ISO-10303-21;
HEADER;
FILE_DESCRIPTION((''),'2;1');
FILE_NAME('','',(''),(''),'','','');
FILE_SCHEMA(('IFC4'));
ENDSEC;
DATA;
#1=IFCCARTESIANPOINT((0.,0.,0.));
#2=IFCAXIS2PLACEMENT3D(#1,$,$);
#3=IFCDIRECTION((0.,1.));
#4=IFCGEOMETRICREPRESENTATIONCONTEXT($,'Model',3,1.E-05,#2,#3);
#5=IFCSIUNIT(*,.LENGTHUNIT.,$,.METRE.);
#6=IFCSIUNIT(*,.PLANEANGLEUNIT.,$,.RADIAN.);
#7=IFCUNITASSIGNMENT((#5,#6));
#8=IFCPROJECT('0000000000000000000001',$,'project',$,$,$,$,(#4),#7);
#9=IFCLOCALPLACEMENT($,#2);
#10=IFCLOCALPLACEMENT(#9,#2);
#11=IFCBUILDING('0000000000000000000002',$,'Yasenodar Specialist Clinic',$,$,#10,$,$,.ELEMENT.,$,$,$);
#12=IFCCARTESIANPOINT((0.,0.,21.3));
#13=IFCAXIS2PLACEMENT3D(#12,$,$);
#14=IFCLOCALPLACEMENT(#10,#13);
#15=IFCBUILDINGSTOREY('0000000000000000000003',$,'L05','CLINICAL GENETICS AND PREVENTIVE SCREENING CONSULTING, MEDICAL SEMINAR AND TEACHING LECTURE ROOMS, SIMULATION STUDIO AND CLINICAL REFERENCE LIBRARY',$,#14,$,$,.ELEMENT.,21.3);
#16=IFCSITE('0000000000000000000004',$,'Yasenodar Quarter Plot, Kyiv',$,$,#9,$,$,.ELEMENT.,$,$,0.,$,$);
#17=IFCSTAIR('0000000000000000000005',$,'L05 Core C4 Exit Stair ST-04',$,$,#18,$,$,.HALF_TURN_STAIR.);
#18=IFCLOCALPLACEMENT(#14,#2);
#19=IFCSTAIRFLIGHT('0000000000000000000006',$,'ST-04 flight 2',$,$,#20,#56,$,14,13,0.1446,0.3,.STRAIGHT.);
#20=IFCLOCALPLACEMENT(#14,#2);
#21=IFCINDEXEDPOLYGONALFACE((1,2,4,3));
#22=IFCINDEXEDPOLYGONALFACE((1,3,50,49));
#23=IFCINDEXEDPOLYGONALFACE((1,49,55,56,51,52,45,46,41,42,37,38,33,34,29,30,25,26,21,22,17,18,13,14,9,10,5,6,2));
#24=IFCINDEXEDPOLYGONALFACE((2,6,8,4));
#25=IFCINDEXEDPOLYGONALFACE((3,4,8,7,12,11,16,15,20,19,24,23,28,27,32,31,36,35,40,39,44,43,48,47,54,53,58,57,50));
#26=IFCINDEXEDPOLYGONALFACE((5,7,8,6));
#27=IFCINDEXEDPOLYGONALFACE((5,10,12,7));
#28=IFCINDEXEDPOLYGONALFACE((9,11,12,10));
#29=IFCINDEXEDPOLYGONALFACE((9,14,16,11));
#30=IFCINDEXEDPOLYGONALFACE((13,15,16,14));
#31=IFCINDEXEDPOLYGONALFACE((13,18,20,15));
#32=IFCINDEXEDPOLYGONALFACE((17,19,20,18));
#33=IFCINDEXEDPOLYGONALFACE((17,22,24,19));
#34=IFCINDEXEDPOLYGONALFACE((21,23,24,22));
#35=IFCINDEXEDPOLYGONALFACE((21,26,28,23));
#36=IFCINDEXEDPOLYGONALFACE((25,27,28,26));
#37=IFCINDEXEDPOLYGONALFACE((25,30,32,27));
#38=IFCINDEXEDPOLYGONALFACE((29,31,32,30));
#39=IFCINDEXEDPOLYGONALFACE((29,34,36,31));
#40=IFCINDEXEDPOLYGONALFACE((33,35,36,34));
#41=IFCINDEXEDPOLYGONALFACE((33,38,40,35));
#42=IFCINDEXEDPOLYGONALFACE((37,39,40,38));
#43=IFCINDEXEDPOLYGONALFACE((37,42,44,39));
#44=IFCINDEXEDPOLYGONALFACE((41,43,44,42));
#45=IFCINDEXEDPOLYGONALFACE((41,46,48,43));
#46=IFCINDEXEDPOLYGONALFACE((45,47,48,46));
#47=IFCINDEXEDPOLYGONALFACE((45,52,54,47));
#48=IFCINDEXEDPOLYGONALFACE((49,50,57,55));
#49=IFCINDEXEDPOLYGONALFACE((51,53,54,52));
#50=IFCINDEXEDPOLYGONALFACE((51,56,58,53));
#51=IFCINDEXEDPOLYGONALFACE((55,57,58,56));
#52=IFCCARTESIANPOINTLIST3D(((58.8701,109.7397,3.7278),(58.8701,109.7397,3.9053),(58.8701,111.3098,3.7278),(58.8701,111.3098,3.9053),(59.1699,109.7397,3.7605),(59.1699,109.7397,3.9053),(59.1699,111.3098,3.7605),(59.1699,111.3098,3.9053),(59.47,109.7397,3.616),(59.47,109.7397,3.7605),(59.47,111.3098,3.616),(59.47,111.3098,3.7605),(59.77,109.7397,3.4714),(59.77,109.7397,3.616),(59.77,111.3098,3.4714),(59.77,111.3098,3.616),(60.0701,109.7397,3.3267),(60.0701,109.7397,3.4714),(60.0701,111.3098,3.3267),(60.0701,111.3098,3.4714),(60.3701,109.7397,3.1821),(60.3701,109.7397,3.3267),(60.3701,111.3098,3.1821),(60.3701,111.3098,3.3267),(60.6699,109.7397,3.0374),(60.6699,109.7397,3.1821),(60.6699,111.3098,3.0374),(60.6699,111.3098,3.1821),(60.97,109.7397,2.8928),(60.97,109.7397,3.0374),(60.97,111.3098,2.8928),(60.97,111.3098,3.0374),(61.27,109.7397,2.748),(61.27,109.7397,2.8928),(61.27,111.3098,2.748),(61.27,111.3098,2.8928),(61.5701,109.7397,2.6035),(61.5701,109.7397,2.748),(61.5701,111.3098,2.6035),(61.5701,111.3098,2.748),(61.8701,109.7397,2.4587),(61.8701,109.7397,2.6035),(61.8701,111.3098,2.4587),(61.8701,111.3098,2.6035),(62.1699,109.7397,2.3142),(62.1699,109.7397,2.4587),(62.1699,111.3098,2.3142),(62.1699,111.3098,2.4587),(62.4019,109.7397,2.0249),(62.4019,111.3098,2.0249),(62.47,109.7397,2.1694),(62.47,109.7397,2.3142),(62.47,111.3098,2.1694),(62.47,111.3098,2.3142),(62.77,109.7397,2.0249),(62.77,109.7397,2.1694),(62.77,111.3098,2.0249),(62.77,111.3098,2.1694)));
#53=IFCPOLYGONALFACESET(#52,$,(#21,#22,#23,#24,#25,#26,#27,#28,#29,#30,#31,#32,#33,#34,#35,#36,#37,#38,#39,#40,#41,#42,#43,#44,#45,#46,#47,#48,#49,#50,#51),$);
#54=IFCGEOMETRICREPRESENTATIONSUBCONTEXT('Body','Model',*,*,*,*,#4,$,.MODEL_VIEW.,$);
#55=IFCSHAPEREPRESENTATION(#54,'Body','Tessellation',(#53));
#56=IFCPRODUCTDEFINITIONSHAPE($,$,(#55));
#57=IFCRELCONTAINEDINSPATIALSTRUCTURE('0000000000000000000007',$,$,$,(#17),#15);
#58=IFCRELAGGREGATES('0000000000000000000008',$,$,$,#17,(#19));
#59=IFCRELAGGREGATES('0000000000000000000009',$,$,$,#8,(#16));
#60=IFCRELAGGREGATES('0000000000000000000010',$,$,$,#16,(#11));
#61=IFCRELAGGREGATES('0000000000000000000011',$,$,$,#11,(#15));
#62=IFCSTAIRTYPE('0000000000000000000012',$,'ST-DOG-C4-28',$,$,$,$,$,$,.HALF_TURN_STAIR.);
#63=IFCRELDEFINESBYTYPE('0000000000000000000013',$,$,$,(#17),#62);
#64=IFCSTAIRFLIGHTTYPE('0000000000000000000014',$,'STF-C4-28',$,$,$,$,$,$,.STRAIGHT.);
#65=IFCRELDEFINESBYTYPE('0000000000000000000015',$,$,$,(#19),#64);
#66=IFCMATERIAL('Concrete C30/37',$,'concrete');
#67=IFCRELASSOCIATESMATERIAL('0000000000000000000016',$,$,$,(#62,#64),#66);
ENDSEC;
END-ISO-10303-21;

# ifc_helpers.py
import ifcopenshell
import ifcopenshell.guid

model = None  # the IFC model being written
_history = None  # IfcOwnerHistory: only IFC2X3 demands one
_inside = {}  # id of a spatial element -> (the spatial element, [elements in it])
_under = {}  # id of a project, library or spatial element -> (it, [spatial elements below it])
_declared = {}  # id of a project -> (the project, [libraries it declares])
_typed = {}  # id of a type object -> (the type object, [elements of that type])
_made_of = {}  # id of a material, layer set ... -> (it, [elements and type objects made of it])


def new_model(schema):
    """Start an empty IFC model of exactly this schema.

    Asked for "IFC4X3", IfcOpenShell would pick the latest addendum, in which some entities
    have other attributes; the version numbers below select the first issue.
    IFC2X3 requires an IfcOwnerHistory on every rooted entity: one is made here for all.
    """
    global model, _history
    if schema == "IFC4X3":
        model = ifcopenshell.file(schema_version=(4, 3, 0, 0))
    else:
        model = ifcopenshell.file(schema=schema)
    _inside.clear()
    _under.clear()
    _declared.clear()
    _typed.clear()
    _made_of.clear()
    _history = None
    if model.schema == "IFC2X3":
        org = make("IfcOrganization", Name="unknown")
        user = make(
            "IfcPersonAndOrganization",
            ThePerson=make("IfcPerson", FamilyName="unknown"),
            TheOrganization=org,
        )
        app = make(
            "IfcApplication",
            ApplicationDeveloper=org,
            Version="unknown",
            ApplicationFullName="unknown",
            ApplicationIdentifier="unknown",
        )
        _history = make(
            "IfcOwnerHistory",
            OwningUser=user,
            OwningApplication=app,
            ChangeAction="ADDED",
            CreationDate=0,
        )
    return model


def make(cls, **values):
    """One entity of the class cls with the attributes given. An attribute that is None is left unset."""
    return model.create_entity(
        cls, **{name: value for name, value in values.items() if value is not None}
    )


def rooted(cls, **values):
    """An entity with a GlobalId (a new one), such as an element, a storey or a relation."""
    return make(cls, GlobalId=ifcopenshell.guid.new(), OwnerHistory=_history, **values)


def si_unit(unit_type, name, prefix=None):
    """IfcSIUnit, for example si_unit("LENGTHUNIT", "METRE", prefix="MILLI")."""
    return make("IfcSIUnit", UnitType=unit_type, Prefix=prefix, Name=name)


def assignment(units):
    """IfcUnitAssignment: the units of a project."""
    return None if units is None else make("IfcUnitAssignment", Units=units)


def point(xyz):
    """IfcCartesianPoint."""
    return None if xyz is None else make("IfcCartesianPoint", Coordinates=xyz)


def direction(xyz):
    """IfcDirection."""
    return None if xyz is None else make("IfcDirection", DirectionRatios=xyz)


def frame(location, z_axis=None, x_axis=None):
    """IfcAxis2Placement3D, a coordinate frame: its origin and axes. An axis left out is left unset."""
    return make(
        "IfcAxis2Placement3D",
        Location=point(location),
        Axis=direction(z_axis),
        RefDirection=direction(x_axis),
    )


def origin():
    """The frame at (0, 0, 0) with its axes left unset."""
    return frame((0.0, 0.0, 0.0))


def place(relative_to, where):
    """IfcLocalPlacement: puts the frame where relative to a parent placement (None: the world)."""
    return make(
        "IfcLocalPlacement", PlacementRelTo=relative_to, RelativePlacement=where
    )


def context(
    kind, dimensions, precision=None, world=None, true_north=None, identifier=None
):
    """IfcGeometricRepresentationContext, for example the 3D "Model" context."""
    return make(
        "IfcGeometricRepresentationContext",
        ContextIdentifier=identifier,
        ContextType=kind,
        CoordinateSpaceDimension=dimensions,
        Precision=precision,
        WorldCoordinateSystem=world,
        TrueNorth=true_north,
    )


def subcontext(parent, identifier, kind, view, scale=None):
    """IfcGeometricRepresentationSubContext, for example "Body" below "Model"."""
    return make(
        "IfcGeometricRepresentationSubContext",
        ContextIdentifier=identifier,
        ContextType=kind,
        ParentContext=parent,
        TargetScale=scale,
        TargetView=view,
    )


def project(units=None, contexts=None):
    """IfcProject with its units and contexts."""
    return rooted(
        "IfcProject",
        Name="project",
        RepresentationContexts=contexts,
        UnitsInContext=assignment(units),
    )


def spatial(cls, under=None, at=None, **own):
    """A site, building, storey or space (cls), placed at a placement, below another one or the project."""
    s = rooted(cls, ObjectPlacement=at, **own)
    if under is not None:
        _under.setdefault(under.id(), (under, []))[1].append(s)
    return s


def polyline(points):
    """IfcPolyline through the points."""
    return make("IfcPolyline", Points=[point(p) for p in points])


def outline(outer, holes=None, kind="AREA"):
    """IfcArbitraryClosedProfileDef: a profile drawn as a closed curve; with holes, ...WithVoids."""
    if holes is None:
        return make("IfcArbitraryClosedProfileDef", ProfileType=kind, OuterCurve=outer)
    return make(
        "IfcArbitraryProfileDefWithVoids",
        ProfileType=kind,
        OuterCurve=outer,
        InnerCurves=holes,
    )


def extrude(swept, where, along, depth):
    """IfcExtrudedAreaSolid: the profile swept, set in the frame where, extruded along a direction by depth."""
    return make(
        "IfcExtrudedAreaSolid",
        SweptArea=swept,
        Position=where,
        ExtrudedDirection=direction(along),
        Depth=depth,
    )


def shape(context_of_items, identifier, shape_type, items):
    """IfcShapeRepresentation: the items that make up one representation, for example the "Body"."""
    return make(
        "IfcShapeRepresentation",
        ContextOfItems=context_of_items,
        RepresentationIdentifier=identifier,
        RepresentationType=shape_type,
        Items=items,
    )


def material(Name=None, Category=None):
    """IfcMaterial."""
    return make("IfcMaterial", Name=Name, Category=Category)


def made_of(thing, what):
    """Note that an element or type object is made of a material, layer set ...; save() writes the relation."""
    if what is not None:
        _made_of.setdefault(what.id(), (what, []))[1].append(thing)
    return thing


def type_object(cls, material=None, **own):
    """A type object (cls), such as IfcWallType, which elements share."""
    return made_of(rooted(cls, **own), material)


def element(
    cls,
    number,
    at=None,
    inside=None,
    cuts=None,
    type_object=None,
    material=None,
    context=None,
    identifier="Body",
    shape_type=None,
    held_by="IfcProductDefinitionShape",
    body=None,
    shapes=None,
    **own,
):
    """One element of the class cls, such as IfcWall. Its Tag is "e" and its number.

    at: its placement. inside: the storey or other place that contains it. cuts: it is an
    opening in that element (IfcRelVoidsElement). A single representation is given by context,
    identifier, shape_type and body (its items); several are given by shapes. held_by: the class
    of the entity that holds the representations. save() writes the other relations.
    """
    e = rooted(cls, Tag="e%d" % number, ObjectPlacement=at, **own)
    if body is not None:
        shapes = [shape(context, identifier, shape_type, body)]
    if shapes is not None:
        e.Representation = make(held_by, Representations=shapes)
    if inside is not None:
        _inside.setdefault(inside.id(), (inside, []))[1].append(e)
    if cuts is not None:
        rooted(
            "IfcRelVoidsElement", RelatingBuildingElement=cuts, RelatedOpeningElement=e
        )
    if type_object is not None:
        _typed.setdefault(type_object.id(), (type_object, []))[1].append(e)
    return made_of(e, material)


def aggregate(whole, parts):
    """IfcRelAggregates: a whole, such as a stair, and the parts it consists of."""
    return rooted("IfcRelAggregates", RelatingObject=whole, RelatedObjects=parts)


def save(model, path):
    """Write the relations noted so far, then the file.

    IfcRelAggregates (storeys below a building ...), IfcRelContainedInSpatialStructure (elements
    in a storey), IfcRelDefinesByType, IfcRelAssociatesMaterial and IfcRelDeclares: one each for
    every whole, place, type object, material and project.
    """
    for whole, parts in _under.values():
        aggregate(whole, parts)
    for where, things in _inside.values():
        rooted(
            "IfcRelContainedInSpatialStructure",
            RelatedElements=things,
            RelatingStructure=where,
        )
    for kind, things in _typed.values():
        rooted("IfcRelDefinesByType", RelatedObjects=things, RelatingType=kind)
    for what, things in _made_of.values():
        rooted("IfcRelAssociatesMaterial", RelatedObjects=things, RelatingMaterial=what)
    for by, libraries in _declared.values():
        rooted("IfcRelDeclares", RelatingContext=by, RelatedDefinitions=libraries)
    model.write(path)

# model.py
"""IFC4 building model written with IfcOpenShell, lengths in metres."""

from ifc_helpers import new_model, si_unit, direction, frame, origin, place, context, subcontext, project, spatial, polyline, outline, extrude, material, type_object, element, aggregate, save


model = new_model("IFC4")

# Units and contexts
model_context = context("Model", 3, precision=1e-05, world=origin(), true_north=direction((0.0, 1.0)))
body_context = subcontext(model_context, "Body", "Model", "MODEL_VIEW")
ifc_project = project(units=[si_unit("LENGTHUNIT", "METRE"), si_unit("PLANEANGLEUNIT", "RADIAN")], contexts=[model_context])

# Site, building, storey
site_placement = place(None, origin())
site = spatial("IfcSite", under=ifc_project, at=site_placement, Name="Yasenodar Quarter Plot, Kyiv", CompositionType="ELEMENT", RefElevation=0.0)
building_placement = place(site_placement, origin())
building = spatial("IfcBuilding", under=site, at=building_placement, Name="Yasenodar Specialist Clinic", CompositionType="ELEMENT")
storey_placement = place(building_placement, frame((0.0, 0.0, 21.3)))
storey = spatial("IfcBuildingStorey", under=building, at=storey_placement, Name="L05", Description="CLINICAL GENETICS AND PREVENTIVE SCREENING CONSULTING, MEDICAL SEMINAR AND TEACHING LECTURE ROOMS, SIMULATION STUDIO AND CLINICAL REFERENCE LIBRARY", CompositionType="ELEMENT", Elevation=21.3)

# Stair, stair flight
ifc_material_1 = material(Name="Concrete C30/37", Category="concrete")
stair_type = type_object("IfcStairType", Name="ST-DOG-C4-28", PredefinedType="HALF_TURN_STAIR", material=ifc_material_1)
stair_placement = place(storey_placement, origin())
stair = element("IfcStair", 1, at=stair_placement, inside=storey, type_object=stair_type, Name="L05 Core C4 Exit Stair ST-04", PredefinedType="HALF_TURN_STAIR")
stair_flight_type = type_object("IfcStairFlightType", Name="STF-C4-28", PredefinedType="STRAIGHT", material=ifc_material_1)
stair_flight_1_placement = place(storey_placement, frame((62.77, 110.5249, 2.0249), z_axis=(0.0, 0.0, 1.0), x_axis=(-1.0, 0.0, 0.0)))
stair_flight_1 = element("IfcStairFlight", 2, at=stair_flight_1_placement, type_object=stair_flight_type, Name="ST-04 flight 2", NumberOfRisers=14, NumberOfTreads=13, PredefinedType="STRAIGHT", RiserHeight=0.1446, TreadLength=0.3, context=body_context, shape_type="SweptSolid", body=[
    extrude(outline(polyline([(0.0, 0.0), (0.0, 0.1445), (0.3, 0.1445), (0.3, 0.2893), (0.6001, 0.2893), (0.6001, 0.4338), (0.8999, 0.4338), (0.8999, 0.5786), (1.2, 0.5786), (1.2, 0.7231), (1.5, 0.7231), (1.5, 0.8679), (1.8, 0.8679), (1.8, 1.0125), (2.1001, 1.0125), (2.1001, 1.1572), (2.3999, 1.1572), (2.3999, 1.3018), (2.7, 1.3018), (2.7, 1.4465), (3.0, 1.4465), (3.0, 1.5911), (3.3, 1.5911), (3.3, 1.7356), (3.6001, 1.7356), (3.6001, 1.8804), (3.8999, 1.8804), (3.8999, 2.0249), (3.8999, 1.7029), (0.3682, 0.0), (0.0, 0.0)])), frame((0.0, 0.7852, 0.0), z_axis=(0.0, -1.0, 0.0), x_axis=(1.0, 0.0, 0.0)), (0.0, 0.0, 1.0), 1.5701),
])
aggregate(stair, [stair_flight_1])

save(model, "model.ifc")
